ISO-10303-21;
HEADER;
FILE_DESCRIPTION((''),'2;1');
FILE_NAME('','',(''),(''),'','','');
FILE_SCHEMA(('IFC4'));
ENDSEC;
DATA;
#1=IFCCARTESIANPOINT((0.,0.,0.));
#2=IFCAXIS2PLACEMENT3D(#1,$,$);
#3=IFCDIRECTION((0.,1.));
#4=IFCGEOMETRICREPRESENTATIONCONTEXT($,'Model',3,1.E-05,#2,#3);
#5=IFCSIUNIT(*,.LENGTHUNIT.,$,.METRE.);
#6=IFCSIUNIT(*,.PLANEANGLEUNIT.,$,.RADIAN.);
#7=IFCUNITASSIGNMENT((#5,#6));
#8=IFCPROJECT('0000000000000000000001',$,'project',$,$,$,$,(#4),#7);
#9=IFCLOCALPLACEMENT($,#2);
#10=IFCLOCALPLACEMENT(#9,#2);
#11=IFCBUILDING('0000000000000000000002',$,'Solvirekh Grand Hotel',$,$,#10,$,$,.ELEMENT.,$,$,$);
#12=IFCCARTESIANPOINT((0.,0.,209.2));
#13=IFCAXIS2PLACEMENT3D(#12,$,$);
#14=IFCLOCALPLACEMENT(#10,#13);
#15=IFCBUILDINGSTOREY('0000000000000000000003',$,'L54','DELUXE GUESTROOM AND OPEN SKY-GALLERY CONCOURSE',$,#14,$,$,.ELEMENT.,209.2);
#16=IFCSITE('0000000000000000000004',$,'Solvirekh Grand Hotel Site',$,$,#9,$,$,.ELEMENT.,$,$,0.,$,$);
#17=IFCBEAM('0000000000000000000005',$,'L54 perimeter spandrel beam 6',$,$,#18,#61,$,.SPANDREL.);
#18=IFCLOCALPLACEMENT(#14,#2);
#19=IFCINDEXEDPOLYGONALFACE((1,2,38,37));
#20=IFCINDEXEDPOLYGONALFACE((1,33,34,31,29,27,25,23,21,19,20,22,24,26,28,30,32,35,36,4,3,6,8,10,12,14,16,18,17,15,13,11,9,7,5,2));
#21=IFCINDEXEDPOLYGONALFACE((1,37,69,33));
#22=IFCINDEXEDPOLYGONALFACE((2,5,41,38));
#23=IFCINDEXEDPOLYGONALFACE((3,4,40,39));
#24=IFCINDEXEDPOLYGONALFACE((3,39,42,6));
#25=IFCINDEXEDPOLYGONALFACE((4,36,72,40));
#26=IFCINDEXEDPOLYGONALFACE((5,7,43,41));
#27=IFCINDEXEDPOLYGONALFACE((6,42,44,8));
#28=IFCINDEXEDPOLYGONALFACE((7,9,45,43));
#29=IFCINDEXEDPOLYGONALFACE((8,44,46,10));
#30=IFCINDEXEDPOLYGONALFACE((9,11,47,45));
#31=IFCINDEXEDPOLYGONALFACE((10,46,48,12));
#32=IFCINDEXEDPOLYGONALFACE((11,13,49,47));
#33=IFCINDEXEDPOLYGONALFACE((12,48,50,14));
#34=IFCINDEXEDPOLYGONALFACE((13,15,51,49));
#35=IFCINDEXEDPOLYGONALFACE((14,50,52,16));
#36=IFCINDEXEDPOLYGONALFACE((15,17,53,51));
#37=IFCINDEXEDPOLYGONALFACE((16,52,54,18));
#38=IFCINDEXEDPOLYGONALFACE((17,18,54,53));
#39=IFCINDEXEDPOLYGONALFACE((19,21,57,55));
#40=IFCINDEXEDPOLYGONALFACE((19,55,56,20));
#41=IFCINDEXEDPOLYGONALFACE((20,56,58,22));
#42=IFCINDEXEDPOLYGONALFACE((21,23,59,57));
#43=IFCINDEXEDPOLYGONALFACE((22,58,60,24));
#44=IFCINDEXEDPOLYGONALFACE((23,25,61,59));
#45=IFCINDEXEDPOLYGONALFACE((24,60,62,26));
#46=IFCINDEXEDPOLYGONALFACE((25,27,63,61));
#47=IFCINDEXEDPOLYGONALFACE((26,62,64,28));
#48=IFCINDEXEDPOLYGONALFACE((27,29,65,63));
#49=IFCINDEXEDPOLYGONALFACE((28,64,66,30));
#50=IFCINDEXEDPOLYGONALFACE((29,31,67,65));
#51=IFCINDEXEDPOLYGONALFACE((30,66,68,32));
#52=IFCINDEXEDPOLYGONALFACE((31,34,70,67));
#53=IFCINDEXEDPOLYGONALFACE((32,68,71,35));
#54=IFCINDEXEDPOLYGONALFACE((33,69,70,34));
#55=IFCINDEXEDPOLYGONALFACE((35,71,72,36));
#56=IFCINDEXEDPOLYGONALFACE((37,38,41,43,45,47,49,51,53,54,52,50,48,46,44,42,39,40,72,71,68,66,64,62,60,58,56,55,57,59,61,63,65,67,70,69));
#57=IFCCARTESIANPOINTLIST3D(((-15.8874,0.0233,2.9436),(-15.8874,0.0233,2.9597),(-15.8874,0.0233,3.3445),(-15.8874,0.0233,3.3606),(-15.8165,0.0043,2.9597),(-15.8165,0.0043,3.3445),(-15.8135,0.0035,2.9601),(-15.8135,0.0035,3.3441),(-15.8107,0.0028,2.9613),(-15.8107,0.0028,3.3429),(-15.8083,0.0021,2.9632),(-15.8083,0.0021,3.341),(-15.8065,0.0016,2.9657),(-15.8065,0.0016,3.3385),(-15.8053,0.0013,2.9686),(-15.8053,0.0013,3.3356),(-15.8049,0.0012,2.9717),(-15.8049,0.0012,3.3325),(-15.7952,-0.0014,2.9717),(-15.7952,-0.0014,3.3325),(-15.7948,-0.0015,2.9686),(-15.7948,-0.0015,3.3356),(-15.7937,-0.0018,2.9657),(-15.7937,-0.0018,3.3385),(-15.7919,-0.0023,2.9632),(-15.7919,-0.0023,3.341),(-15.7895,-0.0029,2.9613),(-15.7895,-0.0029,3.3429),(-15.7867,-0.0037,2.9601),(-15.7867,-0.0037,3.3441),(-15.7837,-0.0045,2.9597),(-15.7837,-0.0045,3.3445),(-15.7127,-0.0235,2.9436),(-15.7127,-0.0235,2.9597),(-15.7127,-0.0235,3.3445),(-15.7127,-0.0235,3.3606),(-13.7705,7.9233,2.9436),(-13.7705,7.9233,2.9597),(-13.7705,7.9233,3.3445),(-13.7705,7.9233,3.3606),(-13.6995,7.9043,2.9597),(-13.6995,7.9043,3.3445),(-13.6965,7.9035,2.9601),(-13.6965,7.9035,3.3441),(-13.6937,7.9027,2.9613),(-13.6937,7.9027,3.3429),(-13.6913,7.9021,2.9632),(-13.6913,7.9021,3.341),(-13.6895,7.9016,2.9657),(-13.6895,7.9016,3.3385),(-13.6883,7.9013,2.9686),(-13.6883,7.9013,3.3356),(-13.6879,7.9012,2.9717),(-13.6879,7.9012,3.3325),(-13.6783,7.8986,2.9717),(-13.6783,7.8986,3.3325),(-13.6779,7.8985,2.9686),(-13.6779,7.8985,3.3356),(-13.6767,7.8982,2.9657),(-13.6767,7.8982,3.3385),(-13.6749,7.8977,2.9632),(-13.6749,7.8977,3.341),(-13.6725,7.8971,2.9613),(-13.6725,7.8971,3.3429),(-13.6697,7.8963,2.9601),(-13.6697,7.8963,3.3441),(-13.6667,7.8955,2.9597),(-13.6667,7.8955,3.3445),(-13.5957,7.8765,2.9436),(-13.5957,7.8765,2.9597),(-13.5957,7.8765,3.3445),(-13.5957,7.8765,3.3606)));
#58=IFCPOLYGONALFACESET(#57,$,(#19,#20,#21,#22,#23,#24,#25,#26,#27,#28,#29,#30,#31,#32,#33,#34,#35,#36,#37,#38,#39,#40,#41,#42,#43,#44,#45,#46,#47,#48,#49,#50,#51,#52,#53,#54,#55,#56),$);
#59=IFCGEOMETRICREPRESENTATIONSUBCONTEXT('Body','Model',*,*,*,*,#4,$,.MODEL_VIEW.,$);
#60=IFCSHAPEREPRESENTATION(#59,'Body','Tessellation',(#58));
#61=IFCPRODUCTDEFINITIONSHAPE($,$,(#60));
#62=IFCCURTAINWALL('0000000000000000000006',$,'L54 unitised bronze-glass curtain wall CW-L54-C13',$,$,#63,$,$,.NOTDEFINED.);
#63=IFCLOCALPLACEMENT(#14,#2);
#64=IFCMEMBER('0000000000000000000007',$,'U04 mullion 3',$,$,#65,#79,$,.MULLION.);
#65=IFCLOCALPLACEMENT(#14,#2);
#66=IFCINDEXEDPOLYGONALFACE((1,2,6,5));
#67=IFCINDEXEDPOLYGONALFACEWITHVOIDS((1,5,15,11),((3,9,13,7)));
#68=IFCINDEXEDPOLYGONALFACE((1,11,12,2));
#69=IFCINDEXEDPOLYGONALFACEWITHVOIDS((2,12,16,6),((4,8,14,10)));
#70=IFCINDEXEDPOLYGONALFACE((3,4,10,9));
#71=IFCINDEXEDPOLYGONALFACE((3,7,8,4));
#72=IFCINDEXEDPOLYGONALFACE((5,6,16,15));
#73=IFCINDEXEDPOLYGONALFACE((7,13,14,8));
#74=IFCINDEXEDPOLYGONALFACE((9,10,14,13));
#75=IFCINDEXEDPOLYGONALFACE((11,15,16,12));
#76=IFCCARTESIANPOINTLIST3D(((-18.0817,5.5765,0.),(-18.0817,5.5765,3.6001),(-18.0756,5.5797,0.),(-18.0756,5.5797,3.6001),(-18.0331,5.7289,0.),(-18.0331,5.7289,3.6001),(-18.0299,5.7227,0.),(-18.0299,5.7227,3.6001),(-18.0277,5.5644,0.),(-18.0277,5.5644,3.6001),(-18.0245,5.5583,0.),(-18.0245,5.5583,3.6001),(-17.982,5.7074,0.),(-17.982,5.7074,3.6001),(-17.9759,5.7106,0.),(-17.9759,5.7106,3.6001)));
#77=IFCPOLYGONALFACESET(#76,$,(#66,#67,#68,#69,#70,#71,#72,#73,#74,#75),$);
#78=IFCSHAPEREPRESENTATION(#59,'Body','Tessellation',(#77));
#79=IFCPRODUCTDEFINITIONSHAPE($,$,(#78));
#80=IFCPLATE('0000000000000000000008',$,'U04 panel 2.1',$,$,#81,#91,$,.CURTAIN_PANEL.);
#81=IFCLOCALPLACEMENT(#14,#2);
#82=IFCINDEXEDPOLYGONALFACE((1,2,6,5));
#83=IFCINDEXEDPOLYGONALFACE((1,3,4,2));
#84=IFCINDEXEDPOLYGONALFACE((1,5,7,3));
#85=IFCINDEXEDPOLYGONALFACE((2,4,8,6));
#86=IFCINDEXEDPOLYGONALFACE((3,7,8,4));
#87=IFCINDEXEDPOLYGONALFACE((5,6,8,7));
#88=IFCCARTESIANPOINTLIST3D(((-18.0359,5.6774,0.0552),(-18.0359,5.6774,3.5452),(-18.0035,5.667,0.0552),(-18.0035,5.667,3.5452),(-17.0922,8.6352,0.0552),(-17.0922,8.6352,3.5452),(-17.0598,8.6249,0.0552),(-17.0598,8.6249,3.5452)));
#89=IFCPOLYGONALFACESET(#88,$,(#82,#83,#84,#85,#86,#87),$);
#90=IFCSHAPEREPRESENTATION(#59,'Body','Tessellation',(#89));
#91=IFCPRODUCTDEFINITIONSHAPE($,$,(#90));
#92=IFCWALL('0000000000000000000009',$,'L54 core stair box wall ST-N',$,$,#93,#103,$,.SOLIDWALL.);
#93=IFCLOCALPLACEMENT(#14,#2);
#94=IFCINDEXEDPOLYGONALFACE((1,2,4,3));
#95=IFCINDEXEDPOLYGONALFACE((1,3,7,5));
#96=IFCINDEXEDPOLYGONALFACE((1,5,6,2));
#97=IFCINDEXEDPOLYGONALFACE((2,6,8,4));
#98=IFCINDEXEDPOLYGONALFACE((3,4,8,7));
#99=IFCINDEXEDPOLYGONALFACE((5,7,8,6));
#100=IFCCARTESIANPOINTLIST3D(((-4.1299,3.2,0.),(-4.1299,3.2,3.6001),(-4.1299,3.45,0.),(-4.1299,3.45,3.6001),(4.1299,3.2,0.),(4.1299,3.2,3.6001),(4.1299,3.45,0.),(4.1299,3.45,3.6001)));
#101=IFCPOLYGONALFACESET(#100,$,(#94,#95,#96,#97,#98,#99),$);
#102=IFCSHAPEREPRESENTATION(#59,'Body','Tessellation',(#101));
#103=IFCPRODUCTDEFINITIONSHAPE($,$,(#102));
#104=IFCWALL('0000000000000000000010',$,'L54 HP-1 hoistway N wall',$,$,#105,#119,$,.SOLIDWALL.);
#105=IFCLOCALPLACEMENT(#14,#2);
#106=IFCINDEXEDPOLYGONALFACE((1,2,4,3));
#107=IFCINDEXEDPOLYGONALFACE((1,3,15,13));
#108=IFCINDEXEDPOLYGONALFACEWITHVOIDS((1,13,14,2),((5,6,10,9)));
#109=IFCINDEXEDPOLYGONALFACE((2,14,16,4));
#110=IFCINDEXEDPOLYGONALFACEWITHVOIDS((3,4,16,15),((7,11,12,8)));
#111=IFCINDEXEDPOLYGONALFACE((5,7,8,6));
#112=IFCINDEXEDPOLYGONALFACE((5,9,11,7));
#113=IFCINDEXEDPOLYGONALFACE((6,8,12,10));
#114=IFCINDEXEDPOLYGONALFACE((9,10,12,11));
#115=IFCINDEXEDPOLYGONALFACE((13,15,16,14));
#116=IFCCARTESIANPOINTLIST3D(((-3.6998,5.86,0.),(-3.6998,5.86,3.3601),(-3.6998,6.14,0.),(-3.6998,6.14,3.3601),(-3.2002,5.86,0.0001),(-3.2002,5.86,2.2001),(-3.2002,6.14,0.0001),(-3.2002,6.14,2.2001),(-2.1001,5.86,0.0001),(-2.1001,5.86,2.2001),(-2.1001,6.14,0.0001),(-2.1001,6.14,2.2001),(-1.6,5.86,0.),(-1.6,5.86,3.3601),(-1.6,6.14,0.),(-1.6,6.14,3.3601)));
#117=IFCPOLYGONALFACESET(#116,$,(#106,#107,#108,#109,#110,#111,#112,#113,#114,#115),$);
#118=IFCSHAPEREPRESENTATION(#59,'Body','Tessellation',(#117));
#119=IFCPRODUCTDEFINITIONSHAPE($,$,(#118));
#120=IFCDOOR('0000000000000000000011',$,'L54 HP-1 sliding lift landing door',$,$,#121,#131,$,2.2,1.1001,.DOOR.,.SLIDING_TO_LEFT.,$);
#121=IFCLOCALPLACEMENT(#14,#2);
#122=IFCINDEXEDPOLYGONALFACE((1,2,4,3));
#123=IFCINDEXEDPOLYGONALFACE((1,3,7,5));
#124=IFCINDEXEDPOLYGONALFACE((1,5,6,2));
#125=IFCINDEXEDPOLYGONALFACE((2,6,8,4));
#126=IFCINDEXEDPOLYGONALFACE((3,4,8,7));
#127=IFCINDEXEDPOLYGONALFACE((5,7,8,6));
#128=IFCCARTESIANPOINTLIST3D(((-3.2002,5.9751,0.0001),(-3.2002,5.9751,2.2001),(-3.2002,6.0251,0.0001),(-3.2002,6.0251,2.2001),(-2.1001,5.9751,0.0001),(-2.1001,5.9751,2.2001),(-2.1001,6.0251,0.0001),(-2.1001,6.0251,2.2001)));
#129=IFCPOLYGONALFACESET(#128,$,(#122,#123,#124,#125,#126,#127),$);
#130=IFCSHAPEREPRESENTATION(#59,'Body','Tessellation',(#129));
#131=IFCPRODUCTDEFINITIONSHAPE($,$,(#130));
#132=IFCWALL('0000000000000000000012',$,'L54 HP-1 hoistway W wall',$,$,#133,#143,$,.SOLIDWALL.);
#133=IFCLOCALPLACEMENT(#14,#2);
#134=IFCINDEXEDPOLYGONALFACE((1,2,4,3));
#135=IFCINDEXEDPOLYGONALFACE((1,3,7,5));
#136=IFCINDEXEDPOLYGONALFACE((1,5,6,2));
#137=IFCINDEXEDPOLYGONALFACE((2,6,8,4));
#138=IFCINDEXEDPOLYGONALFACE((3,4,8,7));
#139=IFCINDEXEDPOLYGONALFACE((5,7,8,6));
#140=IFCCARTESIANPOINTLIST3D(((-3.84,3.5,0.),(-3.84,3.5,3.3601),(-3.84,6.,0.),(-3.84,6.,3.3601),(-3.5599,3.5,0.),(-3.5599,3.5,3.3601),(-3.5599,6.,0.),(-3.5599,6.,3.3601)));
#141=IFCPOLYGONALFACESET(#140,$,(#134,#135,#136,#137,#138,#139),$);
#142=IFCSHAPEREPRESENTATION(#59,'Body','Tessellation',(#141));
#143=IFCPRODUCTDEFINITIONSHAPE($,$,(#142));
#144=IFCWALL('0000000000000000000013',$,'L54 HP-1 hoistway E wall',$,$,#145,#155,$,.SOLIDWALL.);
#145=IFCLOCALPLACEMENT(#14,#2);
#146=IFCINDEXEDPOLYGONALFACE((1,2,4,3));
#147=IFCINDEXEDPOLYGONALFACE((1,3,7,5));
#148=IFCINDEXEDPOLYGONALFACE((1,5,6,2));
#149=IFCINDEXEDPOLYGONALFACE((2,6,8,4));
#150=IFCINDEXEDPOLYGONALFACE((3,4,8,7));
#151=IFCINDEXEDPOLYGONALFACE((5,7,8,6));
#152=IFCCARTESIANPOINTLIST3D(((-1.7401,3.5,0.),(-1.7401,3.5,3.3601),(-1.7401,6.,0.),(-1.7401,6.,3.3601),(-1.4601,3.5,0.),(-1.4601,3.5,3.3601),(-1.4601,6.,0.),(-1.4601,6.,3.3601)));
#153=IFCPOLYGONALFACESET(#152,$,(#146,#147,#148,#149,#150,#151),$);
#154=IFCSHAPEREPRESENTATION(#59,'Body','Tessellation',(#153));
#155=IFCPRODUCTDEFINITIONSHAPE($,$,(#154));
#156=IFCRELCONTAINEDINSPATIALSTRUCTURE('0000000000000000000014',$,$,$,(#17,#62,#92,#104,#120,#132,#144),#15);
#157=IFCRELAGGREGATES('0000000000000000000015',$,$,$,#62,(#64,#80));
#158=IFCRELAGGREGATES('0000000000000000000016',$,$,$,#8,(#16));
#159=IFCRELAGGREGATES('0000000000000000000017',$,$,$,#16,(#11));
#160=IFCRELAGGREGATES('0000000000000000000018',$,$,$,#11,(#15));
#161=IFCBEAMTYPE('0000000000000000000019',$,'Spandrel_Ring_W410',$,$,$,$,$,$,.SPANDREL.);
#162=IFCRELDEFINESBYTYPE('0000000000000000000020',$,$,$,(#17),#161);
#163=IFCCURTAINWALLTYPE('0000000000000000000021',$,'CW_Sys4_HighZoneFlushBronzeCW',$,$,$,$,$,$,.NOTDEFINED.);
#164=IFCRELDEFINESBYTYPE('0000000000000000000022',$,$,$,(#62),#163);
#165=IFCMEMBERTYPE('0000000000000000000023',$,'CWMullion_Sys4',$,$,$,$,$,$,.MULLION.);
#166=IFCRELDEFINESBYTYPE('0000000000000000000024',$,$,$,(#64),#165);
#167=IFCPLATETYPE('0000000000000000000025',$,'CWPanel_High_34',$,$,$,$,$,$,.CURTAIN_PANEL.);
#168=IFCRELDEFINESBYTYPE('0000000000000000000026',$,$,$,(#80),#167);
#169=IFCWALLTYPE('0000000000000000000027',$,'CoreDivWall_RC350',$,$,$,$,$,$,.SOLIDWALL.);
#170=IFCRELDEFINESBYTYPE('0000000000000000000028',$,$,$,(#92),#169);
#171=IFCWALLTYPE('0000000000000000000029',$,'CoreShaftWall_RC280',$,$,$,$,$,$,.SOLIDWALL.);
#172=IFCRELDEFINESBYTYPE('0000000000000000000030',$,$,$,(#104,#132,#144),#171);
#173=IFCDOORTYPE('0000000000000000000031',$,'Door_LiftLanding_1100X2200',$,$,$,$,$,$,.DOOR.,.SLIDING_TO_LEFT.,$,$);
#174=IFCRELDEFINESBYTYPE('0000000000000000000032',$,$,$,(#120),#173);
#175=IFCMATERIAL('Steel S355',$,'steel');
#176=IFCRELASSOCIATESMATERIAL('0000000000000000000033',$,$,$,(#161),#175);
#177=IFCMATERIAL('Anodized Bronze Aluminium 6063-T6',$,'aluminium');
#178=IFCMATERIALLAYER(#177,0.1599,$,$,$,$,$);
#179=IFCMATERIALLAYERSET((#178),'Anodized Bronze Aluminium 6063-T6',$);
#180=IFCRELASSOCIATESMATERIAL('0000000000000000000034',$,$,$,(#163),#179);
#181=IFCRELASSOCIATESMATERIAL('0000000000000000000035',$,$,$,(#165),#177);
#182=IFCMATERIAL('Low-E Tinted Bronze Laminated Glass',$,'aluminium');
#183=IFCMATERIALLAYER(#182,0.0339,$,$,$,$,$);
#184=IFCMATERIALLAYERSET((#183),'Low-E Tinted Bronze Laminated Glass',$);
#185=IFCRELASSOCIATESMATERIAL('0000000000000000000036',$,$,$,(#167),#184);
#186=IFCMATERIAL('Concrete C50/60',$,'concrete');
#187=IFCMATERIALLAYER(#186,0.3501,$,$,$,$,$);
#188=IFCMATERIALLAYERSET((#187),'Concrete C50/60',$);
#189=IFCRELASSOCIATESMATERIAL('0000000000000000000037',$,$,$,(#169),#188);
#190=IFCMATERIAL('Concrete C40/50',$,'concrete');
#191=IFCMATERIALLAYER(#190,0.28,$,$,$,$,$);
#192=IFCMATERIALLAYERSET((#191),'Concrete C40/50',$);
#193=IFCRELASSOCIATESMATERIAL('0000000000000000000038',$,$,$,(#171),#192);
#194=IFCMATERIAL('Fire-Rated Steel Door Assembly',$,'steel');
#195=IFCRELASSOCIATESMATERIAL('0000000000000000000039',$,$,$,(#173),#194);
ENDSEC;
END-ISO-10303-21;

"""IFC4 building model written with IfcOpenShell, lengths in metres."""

from ifc_helpers import new_model, si_unit, direction, frame, frame_2d, origin, origin_2d, place, context, subcontext, project, spatial, rectangle, hollow_rectangle, i_section, extrude, source, transform, mapped, material, layer, layer_set, material_profile, profile_set, type_object, element, fill, aggregate, save


model = new_model("IFC4")

# Units and contexts
model_context = context("Model", 3, precision=1e-05, world=origin(), true_north=direction((0.0, 1.0)))
body_context = subcontext(model_context, "Body", "Model", "MODEL_VIEW")
ifc_project = project(units=[si_unit("LENGTHUNIT", "METRE"), si_unit("PLANEANGLEUNIT", "RADIAN")], contexts=[model_context])

# Site, building, storey
site_placement = place(None, origin())
site = spatial("IfcSite", under=ifc_project, at=site_placement, Name="Solvirekh Grand Hotel Site", CompositionType="ELEMENT", RefElevation=0.0)
building_placement = place(site_placement, origin())
building = spatial("IfcBuilding", under=site, at=building_placement, Name="Solvirekh Grand Hotel", CompositionType="ELEMENT")
storey_placement = place(building_placement, frame((0.0, 0.0, 209.2)))
storey = spatial("IfcBuildingStorey", under=building, at=storey_placement, Name="L54", Description="DELUXE GUESTROOM AND OPEN SKY-GALLERY CONCOURSE", CompositionType="ELEMENT", Elevation=209.2)

# Shared definitions
ifc_material_1 = material(Name="Concrete C50/60", Category="concrete")

# Beam
ifc_material_2 = material(Name="Steel S355", Category="steel")
ifc_material_profile_1 = material_profile(ifc_material_2, i_section(OverallWidth=0.1809, OverallDepth=0.417, WebThickness=0.01, FlangeThickness=0.0161, FilletRadius=0.012, at=origin_2d()), Name="W410X85")
ifc_profile_set_1 = profile_set([ifc_material_profile_1], Name="Steel S355")
beam_type_1 = type_object("IfcBeamType", Name="Spandrel_Ring_W410", PredefinedType="SPANDREL", material=ifc_profile_set_1)
beam_1_placement = place(storey_placement, frame((-13.6831, 7.8999, 3.1521), z_axis=(-0.258839, -0.965921, 0.0), x_axis=(0.965921, -0.258839, 0.0)))
element("IfcBeam", 1, at=beam_1_placement, inside=storey, type_object=beam_type_1, Name="L54 perimeter spandrel beam 6", PredefinedType="SPANDREL", context=body_context, shape_type="SweptSolid", body=[
    extrude(i_section(OverallWidth=0.1809, OverallDepth=0.417, WebThickness=0.01, FlangeThickness=0.0161, FilletRadius=0.012, at=origin_2d()), origin(), (0.0, 0.0, 1.0), 8.1787),
])

# Curtain wall, member, plate
ifc_material_3 = material(Name="Anodized Bronze Aluminium 6063-T6", Category="aluminium")
ifc_layer_1 = layer(ifc_material_3, 0.1599)
ifc_layer_set_1 = layer_set([ifc_layer_1], Name="Anodized Bronze Aluminium 6063-T6")
curtain_wall_type = type_object("IfcCurtainWallType", Name="CW_Sys4_HighZoneFlushBronzeCW", PredefinedType="NOTDEFINED", material=ifc_layer_set_1)
curtain_wall_placement = place(storey_placement, origin())
curtain_wall = element("IfcCurtainWall", 2, at=curtain_wall_placement, inside=storey, type_object=curtain_wall_type, Name="L54 unitised bronze-glass curtain wall CW-L54-C13", PredefinedType="NOTDEFINED")
ifc_material_profile_2 = material_profile(ifc_material_3, hollow_rectangle(XDim=0.0601, YDim=0.1599, WallThickness=0.0049, at=origin_2d()), Name="ALU RHS 160X60X5")
ifc_profile_set_2 = profile_set([ifc_material_profile_2], Name="Anodized Bronze Aluminium 6063-T6")
member_type = type_object("IfcMemberType", Name="CWMullion_Sys4", PredefinedType="MULLION", material=ifc_profile_set_2)
shared_shape_1 = source(origin(), body_context, "Body", "SweptSolid", [
    extrude(hollow_rectangle(XDim=0.0601, YDim=0.1599, WallThickness=0.0049, at=origin_2d()), origin(), (0.0, 0.0, 1.0), 3.6001),
])
member_placement = place(storey_placement, frame((-18.0288, 5.6436, 0.0), z_axis=(0.0, 0.0, 1.0), x_axis=(0.952689, -0.303946, 0.0)))
member = element("IfcMember", 3, at=member_placement, type_object=member_type, Name="U04 mullion 3", PredefinedType="MULLION", context=body_context, shape_type="MappedRepresentation", body=[
    mapped(shared_shape_1, transform((0.0, 0.0, 0.0), x_axis=(1.0, 0.0, 0.0), y_axis=(0.0, 1.0, 0.0), z_axis=(0.0, 0.0, 1.0), scale=1.0)),
])
ifc_material_4 = material(Name="Low-E Tinted Bronze Laminated Glass", Category="aluminium")
ifc_layer_2 = layer(ifc_material_4, 0.0339)
ifc_layer_set_2 = layer_set([ifc_layer_2], Name="Low-E Tinted Bronze Laminated Glass")
plate_type = type_object("IfcPlateType", Name="CWPanel_High_34", PredefinedType="CURTAIN_PANEL", material=ifc_layer_set_2)
shared_shape_2 = source(origin(), body_context, "Body", "SweptSolid", [
    extrude(rectangle(XDim=3.1047, YDim=0.0339, at=origin_2d()), origin(), (0.0, 0.0, 1.0), 3.49),
])
plate_placement = place(storey_placement, frame((-17.5479, 7.1511, 0.0552), z_axis=(0.0, 0.0, 1.0), x_axis=(-0.303946, -0.952689, 0.0)))
plate = element("IfcPlate", 4, at=plate_placement, type_object=plate_type, Name="U04 panel 2.1", PredefinedType="CURTAIN_PANEL", context=body_context, shape_type="MappedRepresentation", body=[
    mapped(shared_shape_2, transform((0.0, 0.0, 0.0), x_axis=(1.0, 0.0, 0.0), y_axis=(0.0, 1.0, 0.0), z_axis=(0.0, 0.0, 1.0), scale=1.0)),
])
aggregate(curtain_wall, [member, plate])

# Wall
ifc_layer_3 = layer(ifc_material_1, 0.3501)
ifc_layer_set_3 = layer_set([ifc_layer_3], Name="Concrete C50/60")
wall_type_1 = type_object("IfcWallType", Name="CoreDivWall_RC350", PredefinedType="SOLIDWALL", material=ifc_layer_set_3)
wall_1_placement = place(storey_placement, frame((-4.1299, 3.325, 0.0), z_axis=(0.0, 0.0, 1.0), x_axis=(1.0, 0.0, 0.0)))
element("IfcWall", 5, at=wall_1_placement, inside=storey, type_object=wall_type_1, Name="L54 core stair box wall ST-N", PredefinedType="SOLIDWALL", context=body_context, shape_type="SweptSolid", body=[
    extrude(rectangle(XDim=8.2598, YDim=0.25, at=frame_2d((4.1299, 0.0))), origin(), (0.0, 0.0, 1.0), 3.6001),
])

# Wall, opening, door
ifc_material_5 = material(Name="Concrete C40/50", Category="concrete")
ifc_layer_4 = layer(ifc_material_5, 0.28)
ifc_layer_set_4 = layer_set([ifc_layer_4], Name="Concrete C40/50")
wall_type_2 = type_object("IfcWallType", Name="CoreShaftWall_RC280", PredefinedType="SOLIDWALL", material=ifc_layer_set_4)
wall_2_placement = place(storey_placement, frame((-1.6001, 6.0, 0.0), z_axis=(0.0, 0.0, 1.0), x_axis=(-1.0, 0.0, 0.0)))
wall_2 = element("IfcWall", 6, at=wall_2_placement, inside=storey, type_object=wall_type_2, Name="L54 HP-1 hoistway N wall", PredefinedType="SOLIDWALL", context=body_context, shape_type="SweptSolid", body=[
    extrude(rectangle(XDim=2.0999, YDim=0.28, at=frame_2d((1.0498, 0.0))), origin(), (0.0, 0.0, 1.0), 3.3601),
])
opening_1_placement = place(wall_2_placement, frame((0.5, 0.0, 0.0)))
opening_1 = element("IfcOpeningElement", 7, at=opening_1_placement, cuts=wall_2, PredefinedType="OPENING", context=body_context, shape_type="SweptSolid", body=[
    extrude(rectangle(XDim=1.1001, YDim=2.2, at=frame_2d((0.55, 1.1001))), frame((0.0, 0.1499, 0.0), z_axis=(0.0, -1.0, 0.0), x_axis=(1.0, 0.0, 0.0)), (0.0, 0.0, 1.0), 0.3),
])
ifc_material_6 = material(Name="Fire-Rated Steel Door Assembly", Category="steel")
door_type_1 = type_object("IfcDoorType", Name="Door_LiftLanding_1100X2200", OperationType="SLIDING_TO_LEFT", PredefinedType="DOOR", material=ifc_material_6)
door_1_placement = place(opening_1_placement, origin())
door_1 = element("IfcDoor", 8, at=door_1_placement, inside=storey, type_object=door_type_1, Name="L54 HP-1 sliding lift landing door", OperationType="SLIDING_TO_LEFT", OverallHeight=2.2, OverallWidth=1.1001, PredefinedType="DOOR", context=body_context, shape_type="SweptSolid", body=[
    extrude(rectangle(XDim=1.1001, YDim=2.2, at=frame_2d((0.55, 1.1001))), frame((0.0, 0.0249, 0.0), z_axis=(0.0, -1.0, 0.0), x_axis=(1.0, 0.0, 0.0)), (0.0, 0.0, 1.0), 0.05),
])
fill(opening_1, door_1)

# Walls
for number, where, z_axis, x_axis, name in (
    (9, (-3.7, 6.0, 0.0), (0.0, 0.0, 1.0), (0.0, -1.0, 0.0), "L54 HP-1 hoistway W wall"),
    (10, (-1.6001, 3.5, 0.0), (0.0, 0.0, 1.0), (0.0, 1.0, 0.0), "L54 HP-1 hoistway E wall"),
):
    element("IfcWall", number, at=place(storey_placement, frame(where, z_axis=z_axis, x_axis=x_axis)), inside=storey, type_object=wall_type_2, Name=name, PredefinedType="SOLIDWALL", context=body_context, shape_type="SweptSolid", body=[
        extrude(rectangle(XDim=2.5, YDim=0.28, at=frame_2d((1.25, 0.0))), origin(), (0.0, 0.0, 1.0), 3.3601),
    ])

save(model, "model.ifc")
